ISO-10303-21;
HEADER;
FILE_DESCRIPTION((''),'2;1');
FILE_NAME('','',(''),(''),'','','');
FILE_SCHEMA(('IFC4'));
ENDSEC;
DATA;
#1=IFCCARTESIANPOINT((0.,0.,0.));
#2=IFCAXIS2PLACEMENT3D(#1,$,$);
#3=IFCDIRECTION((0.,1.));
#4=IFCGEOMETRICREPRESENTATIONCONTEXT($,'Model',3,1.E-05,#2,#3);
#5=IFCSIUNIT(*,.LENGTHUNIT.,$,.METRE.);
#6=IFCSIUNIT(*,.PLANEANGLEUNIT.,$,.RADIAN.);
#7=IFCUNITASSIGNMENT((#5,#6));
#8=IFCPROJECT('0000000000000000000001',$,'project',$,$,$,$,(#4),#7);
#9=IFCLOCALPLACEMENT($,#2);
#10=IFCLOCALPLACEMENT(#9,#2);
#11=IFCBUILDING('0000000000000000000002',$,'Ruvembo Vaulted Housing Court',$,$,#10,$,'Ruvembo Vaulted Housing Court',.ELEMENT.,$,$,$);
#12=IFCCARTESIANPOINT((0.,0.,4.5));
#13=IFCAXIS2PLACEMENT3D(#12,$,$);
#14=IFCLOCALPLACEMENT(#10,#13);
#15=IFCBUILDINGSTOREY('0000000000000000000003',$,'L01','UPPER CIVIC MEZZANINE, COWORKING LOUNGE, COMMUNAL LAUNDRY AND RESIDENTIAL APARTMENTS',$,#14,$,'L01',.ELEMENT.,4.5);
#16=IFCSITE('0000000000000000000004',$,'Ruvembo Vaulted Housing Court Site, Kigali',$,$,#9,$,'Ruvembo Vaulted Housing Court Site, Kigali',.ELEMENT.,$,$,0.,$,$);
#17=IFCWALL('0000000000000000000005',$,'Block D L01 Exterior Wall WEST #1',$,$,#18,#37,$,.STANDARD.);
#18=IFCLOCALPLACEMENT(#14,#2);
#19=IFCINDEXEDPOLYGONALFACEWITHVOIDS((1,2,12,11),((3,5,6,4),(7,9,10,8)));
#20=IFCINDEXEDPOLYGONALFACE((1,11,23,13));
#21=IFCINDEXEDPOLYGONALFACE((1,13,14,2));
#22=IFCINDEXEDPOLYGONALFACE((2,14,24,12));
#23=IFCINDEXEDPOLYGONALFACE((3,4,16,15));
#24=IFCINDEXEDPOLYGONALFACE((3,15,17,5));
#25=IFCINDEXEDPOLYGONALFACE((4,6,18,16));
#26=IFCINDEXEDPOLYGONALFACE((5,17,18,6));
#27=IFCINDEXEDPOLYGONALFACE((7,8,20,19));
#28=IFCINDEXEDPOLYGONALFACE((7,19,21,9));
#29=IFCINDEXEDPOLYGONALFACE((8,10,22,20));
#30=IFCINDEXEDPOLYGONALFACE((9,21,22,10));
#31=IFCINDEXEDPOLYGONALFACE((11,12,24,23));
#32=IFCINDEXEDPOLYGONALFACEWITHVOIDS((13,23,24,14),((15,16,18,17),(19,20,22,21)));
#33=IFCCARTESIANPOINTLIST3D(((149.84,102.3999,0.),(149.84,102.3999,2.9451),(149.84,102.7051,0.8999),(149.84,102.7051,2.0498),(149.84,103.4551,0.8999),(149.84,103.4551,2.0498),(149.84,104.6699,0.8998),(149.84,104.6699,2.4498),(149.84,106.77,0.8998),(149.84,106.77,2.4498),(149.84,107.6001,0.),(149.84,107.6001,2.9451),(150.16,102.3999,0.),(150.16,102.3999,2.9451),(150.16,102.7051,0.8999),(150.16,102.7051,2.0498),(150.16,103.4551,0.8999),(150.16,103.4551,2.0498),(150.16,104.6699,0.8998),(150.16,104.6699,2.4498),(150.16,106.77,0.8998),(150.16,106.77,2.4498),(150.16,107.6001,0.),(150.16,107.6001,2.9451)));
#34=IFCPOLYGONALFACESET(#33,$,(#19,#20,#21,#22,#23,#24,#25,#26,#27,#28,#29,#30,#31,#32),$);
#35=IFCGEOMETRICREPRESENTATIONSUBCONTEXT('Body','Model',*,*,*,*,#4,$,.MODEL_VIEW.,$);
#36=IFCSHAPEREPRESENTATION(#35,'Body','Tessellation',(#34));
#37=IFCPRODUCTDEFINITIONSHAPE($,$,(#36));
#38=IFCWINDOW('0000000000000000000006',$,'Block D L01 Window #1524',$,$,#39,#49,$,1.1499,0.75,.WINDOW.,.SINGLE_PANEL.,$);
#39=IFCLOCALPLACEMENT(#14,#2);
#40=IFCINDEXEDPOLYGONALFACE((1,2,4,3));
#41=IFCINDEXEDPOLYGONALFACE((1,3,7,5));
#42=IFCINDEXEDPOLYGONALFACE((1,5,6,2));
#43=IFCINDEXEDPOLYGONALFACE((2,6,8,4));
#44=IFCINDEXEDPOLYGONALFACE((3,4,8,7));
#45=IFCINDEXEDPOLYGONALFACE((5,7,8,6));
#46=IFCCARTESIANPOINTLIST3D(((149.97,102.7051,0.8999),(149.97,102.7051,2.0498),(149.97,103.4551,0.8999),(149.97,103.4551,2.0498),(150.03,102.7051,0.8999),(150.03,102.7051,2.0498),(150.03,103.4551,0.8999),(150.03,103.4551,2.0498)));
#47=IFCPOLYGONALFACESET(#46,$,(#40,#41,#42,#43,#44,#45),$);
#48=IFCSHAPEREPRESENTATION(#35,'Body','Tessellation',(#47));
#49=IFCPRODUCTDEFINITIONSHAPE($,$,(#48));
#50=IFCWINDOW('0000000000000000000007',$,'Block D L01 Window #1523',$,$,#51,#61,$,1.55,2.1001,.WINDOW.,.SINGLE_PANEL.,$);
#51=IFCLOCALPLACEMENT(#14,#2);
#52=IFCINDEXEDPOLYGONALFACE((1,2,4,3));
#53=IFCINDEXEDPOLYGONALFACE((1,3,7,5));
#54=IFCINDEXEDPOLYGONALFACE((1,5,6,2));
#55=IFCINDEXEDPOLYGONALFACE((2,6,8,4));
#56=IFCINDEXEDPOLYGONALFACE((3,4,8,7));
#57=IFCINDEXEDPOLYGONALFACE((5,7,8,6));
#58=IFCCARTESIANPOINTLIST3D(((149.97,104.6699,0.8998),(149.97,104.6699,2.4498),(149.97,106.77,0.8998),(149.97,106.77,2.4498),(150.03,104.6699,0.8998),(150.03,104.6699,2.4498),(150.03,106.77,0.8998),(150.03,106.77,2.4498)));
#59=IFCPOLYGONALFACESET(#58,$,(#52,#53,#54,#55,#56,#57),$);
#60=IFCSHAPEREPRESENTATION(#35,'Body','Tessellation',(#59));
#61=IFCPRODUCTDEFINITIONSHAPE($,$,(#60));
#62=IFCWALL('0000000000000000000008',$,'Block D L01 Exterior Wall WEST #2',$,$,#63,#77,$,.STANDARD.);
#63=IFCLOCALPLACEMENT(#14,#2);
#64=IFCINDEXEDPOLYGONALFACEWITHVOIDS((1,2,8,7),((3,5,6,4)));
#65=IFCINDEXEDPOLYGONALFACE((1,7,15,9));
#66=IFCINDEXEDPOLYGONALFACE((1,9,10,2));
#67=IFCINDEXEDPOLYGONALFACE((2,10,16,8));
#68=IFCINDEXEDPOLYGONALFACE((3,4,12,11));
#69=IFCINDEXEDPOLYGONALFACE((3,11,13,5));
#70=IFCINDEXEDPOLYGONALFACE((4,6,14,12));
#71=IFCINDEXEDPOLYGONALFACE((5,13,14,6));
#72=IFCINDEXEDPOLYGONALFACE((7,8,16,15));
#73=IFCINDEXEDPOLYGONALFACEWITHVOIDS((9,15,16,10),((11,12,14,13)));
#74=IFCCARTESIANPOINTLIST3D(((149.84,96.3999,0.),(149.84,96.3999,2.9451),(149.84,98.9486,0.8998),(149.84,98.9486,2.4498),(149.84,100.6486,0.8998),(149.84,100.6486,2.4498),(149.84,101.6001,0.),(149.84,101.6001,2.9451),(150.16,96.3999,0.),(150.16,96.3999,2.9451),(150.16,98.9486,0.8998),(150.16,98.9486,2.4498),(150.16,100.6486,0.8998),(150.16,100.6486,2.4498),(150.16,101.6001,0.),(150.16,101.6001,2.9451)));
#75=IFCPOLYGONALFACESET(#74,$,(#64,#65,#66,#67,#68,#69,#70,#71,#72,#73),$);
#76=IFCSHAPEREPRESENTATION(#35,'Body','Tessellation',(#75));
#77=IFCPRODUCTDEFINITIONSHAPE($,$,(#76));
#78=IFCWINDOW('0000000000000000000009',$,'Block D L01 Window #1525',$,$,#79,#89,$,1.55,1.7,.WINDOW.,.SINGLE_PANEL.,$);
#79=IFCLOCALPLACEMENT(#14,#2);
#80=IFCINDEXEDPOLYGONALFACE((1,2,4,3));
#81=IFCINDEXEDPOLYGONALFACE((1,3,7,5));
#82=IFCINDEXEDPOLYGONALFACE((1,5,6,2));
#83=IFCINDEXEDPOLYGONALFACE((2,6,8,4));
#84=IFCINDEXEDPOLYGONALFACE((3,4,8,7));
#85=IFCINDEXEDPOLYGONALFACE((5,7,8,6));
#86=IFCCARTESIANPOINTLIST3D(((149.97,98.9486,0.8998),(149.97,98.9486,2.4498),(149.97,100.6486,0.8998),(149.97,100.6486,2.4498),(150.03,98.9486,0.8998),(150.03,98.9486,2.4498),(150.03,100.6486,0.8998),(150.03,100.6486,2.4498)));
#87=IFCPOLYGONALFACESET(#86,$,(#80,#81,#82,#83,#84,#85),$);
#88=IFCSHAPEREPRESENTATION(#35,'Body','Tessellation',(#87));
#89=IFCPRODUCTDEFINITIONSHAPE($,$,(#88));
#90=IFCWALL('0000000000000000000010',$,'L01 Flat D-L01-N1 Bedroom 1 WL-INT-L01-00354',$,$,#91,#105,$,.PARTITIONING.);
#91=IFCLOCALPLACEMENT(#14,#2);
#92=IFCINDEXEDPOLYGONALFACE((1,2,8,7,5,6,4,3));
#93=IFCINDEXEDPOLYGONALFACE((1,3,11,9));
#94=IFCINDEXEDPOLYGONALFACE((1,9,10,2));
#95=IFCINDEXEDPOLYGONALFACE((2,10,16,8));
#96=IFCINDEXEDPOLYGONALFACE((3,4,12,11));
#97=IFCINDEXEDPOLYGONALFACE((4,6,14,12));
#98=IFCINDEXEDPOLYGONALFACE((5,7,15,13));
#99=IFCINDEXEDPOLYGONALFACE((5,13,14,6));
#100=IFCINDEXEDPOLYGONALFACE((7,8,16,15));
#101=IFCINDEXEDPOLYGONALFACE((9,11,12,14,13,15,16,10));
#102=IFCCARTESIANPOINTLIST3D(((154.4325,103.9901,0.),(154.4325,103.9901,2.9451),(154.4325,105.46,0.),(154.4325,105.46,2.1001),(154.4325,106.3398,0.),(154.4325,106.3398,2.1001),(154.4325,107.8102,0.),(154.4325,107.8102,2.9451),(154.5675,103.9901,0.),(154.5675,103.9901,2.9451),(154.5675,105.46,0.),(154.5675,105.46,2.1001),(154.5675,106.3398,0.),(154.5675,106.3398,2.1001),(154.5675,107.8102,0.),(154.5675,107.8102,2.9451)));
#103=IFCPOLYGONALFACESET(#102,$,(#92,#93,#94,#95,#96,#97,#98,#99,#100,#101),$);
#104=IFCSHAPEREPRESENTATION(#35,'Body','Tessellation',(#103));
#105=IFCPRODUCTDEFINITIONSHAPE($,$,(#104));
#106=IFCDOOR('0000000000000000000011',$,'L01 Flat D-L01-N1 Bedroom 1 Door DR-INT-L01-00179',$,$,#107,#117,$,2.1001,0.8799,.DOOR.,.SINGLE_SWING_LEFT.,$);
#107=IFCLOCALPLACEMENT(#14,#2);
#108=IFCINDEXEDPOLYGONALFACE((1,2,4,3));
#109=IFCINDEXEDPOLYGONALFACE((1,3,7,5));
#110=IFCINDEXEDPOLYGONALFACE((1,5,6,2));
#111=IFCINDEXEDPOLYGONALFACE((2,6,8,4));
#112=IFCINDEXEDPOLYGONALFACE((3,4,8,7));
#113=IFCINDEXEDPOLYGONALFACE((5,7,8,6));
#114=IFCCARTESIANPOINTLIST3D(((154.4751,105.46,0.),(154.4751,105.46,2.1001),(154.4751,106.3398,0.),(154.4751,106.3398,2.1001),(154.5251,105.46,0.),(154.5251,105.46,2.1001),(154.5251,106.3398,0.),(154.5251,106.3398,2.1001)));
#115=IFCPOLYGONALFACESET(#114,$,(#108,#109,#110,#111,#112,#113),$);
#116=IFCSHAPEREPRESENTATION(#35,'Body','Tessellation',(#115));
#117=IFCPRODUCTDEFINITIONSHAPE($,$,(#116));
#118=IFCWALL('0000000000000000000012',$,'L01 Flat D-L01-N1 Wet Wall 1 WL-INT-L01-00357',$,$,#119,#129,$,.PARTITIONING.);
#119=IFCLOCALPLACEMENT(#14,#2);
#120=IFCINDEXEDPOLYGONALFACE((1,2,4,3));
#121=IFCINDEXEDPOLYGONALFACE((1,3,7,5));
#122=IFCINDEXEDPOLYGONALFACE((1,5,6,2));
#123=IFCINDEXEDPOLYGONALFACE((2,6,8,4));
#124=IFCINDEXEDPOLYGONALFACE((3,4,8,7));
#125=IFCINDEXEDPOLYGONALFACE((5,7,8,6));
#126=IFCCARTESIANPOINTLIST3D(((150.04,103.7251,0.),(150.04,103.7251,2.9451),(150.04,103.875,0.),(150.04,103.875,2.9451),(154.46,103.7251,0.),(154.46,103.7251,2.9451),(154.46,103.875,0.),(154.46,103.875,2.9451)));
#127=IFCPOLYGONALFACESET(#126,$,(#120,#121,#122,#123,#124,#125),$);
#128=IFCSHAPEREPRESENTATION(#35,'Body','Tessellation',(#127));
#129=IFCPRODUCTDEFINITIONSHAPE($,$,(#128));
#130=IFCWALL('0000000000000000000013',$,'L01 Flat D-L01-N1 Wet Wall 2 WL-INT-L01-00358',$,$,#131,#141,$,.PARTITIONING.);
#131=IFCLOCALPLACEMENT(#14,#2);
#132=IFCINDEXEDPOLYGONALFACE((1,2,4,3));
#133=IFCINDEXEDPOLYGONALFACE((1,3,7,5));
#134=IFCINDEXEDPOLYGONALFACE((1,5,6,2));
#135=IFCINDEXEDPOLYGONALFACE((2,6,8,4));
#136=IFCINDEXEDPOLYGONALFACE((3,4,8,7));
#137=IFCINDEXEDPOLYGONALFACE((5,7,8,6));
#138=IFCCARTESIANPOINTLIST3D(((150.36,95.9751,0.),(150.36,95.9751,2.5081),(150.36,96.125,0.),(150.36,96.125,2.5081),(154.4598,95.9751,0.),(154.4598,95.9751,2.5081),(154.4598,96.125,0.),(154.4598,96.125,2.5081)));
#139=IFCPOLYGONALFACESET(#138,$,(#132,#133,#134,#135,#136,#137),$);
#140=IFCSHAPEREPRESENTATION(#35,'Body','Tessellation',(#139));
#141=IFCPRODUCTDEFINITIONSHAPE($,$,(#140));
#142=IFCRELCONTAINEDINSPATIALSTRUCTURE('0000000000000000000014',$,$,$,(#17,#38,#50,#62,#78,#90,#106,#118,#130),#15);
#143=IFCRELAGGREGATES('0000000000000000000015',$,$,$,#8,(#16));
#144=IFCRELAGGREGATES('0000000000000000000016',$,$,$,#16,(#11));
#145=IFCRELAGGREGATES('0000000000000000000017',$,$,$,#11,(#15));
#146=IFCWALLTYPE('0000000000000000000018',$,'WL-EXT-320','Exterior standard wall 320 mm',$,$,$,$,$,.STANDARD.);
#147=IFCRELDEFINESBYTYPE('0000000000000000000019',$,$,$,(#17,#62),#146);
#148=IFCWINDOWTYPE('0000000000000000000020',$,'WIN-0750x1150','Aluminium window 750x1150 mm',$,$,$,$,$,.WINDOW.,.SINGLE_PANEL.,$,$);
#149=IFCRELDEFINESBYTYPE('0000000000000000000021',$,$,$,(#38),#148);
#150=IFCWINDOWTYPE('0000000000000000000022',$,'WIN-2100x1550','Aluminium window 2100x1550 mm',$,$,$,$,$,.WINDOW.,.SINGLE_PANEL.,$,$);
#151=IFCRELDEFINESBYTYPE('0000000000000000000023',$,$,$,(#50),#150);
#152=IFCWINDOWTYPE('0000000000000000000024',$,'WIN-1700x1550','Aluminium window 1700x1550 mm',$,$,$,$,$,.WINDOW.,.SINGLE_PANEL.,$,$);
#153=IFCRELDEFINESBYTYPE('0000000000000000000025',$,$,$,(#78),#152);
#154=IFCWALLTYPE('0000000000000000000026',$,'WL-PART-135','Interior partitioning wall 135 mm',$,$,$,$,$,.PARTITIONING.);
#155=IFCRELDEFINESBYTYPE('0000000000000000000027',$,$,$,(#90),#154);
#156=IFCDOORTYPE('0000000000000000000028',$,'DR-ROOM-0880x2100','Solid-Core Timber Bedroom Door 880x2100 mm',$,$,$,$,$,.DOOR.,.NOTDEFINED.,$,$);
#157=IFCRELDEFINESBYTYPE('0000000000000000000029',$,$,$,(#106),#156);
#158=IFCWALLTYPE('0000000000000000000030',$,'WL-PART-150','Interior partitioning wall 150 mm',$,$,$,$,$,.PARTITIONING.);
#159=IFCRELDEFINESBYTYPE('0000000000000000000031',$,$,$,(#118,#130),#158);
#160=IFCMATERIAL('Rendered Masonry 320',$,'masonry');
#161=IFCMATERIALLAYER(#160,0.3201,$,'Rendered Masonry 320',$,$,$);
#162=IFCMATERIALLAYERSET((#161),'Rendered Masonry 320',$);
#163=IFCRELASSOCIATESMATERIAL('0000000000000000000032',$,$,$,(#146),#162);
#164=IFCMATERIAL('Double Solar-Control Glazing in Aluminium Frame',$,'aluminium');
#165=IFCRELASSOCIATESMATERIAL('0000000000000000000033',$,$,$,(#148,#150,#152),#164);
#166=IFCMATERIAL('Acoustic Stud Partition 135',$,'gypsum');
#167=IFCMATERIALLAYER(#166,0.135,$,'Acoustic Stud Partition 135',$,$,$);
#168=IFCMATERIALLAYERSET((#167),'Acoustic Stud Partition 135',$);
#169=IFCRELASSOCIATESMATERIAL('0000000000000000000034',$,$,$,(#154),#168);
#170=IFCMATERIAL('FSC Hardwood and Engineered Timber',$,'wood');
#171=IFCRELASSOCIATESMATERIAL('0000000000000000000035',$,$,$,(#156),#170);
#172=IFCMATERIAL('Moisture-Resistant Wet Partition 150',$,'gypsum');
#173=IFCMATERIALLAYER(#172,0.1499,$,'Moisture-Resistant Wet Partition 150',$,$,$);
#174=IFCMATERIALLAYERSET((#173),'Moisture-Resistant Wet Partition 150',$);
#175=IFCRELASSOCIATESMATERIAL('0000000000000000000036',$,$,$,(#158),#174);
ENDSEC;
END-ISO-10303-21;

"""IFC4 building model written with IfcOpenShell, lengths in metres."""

from ifc_helpers import new_model, si_unit, direction, frame, frame_2d, origin, place, context, subcontext, project, spatial, rectangle, extrude, material, layer, layer_set, type_object, element, fill, save


model = new_model("IFC4")

# Units and contexts
model_context = context("Model", 3, precision=1e-05, world=origin(), true_north=direction((0.0, 1.0)))
body_context = subcontext(model_context, "Body", "Model", "MODEL_VIEW")
ifc_project = project(units=[si_unit("LENGTHUNIT", "METRE"), si_unit("PLANEANGLEUNIT", "RADIAN")], contexts=[model_context])

# Site, building, storey
site_placement = place(None, origin())
site = spatial("IfcSite", under=ifc_project, at=site_placement, Name="Ruvembo Vaulted Housing Court Site, Kigali", LongName="Ruvembo Vaulted Housing Court Site, Kigali", CompositionType="ELEMENT", RefElevation=0.0)
building_placement = place(site_placement, origin())
building = spatial("IfcBuilding", under=site, at=building_placement, Name="Ruvembo Vaulted Housing Court", LongName="Ruvembo Vaulted Housing Court", CompositionType="ELEMENT")
storey_placement = place(building_placement, frame((0.0, 0.0, 4.5)))
storey = spatial("IfcBuildingStorey", under=building, at=storey_placement, Name="L01", Description="UPPER CIVIC MEZZANINE, COWORKING LOUNGE, COMMUNAL LAUNDRY AND RESIDENTIAL APARTMENTS", LongName="L01", CompositionType="ELEMENT", Elevation=4.5)

# Wall, openings, windows
ifc_material_1 = material(Name="Rendered Masonry 320", Category="masonry")
ifc_layer_1 = layer(ifc_material_1, 0.3201, Name="Rendered Masonry 320")
ifc_layer_set_1 = layer_set([ifc_layer_1], Name="Rendered Masonry 320")
wall_type_1 = type_object("IfcWallType", Name="WL-EXT-320", Description="Exterior standard wall 320 mm", PredefinedType="STANDARD", material=ifc_layer_set_1)
ifc_material_2 = material(Name="Double Solar-Control Glazing in Aluminium Frame", Category="aluminium")
wall_1_placement = place(storey_placement, frame((150.0, 107.6001, 0.0), z_axis=(0.0, 0.0, 1.0), x_axis=(0.0, -1.0, 0.0)))
wall_1 = element("IfcWall", 1, at=wall_1_placement, inside=storey, type_object=wall_type_1, Name="Block D L01 Exterior Wall WEST #1", PredefinedType="STANDARD", context=body_context, shape_type="SweptSolid", body=[
    extrude(rectangle(XDim=5.2002, YDim=0.3201, at=frame_2d((2.6001, 0.0))), origin(), (0.0, 0.0, 1.0), 2.9451),
])
opening_1_placement = place(wall_1_placement, frame((0.8301, 0.0, 0.8999)))
opening_1 = element("IfcOpeningElement", 2, at=opening_1_placement, cuts=wall_1, PredefinedType="OPENING", context=body_context, shape_type="SweptSolid", body=[
    extrude(rectangle(XDim=2.1001, YDim=1.55, at=frame_2d((1.05, 0.7749))), frame((0.0, 0.1699, 0.0), z_axis=(0.0, -1.0, 0.0), x_axis=(1.0, 0.0, 0.0)), (0.0, 0.0, 1.0), 0.3401),
])
opening_2_placement = place(wall_1_placement, frame((4.145, 0.0, 0.8999)))
opening_2 = element("IfcOpeningElement", 3, at=opening_2_placement, cuts=wall_1, PredefinedType="OPENING", context=body_context, shape_type="SweptSolid", body=[
    extrude(rectangle(XDim=0.75, YDim=1.1499, at=frame_2d((0.375, 0.575))), frame((0.0, 0.1699, 0.0), z_axis=(0.0, -1.0, 0.0), x_axis=(1.0, 0.0, 0.0)), (0.0, 0.0, 1.0), 0.3401),
])
window_type_1 = type_object("IfcWindowType", Name="WIN-0750x1150", Description="Aluminium window 750x1150 mm", PartitioningType="SINGLE_PANEL", PredefinedType="WINDOW", material=ifc_material_2)
window_1_placement = place(opening_2_placement, origin())
window_1 = element("IfcWindow", 4, at=window_1_placement, inside=storey, type_object=window_type_1, Name="Block D L01 Window #1524", OverallHeight=1.1499, OverallWidth=0.75, PartitioningType="SINGLE_PANEL", PredefinedType="WINDOW", context=body_context, shape_type="SweptSolid", body=[
    extrude(rectangle(XDim=0.75, YDim=1.1499, at=frame_2d((0.375, 0.575))), frame((0.0, 0.03, 0.0), z_axis=(0.0, -1.0, 0.0), x_axis=(1.0, 0.0, 0.0)), (0.0, 0.0, 1.0), 0.0601),
])
fill(opening_2, window_1)
window_type_2 = type_object("IfcWindowType", Name="WIN-2100x1550", Description="Aluminium window 2100x1550 mm", PartitioningType="SINGLE_PANEL", PredefinedType="WINDOW", material=ifc_material_2)
window_2_placement = place(opening_1_placement, origin())
window_2 = element("IfcWindow", 5, at=window_2_placement, inside=storey, type_object=window_type_2, Name="Block D L01 Window #1523", OverallHeight=1.55, OverallWidth=2.1001, PartitioningType="SINGLE_PANEL", PredefinedType="WINDOW", context=body_context, shape_type="SweptSolid", body=[
    extrude(rectangle(XDim=2.1001, YDim=1.55, at=frame_2d((1.05, 0.7749))), frame((0.0, 0.03, 0.0), z_axis=(0.0, -1.0, 0.0), x_axis=(1.0, 0.0, 0.0)), (0.0, 0.0, 1.0), 0.0601),
])
fill(opening_1, window_2)

# Wall, opening, window
wall_2_placement = place(storey_placement, frame((150.0, 101.6001, 0.0), z_axis=(0.0, 0.0, 1.0), x_axis=(0.0, -1.0, 0.0)))
wall_2 = element("IfcWall", 6, at=wall_2_placement, inside=storey, type_object=wall_type_1, Name="Block D L01 Exterior Wall WEST #2", PredefinedType="STANDARD", context=body_context, shape_type="SweptSolid", body=[
    extrude(rectangle(XDim=5.2002, YDim=0.3201, at=frame_2d((2.6001, 0.0))), origin(), (0.0, 0.0, 1.0), 2.9451),
])
opening_3_placement = place(wall_2_placement, frame((0.9514, 0.0, 0.8999)))
opening_3 = element("IfcOpeningElement", 7, at=opening_3_placement, cuts=wall_2, PredefinedType="OPENING", context=body_context, shape_type="SweptSolid", body=[
    extrude(rectangle(XDim=1.7, YDim=1.55, at=frame_2d((0.8501, 0.7749))), frame((0.0, 0.1699, 0.0), z_axis=(0.0, -1.0, 0.0), x_axis=(1.0, 0.0, 0.0)), (0.0, 0.0, 1.0), 0.3401),
])
window_type_3 = type_object("IfcWindowType", Name="WIN-1700x1550", Description="Aluminium window 1700x1550 mm", PartitioningType="SINGLE_PANEL", PredefinedType="WINDOW", material=ifc_material_2)
window_3_placement = place(opening_3_placement, origin())
window_3 = element("IfcWindow", 8, at=window_3_placement, inside=storey, type_object=window_type_3, Name="Block D L01 Window #1525", OverallHeight=1.55, OverallWidth=1.7, PartitioningType="SINGLE_PANEL", PredefinedType="WINDOW", context=body_context, shape_type="SweptSolid", body=[
    extrude(rectangle(XDim=1.7, YDim=1.55, at=frame_2d((0.8501, 0.7749))), frame((0.0, 0.03, 0.0), z_axis=(0.0, -1.0, 0.0), x_axis=(1.0, 0.0, 0.0)), (0.0, 0.0, 1.0), 0.0601),
])
fill(opening_3, window_3)

# Wall, opening, door
ifc_material_3 = material(Name="Acoustic Stud Partition 135", Category="gypsum")
ifc_layer_2 = layer(ifc_material_3, 0.135, Name="Acoustic Stud Partition 135")
ifc_layer_set_2 = layer_set([ifc_layer_2], Name="Acoustic Stud Partition 135")
wall_type_2 = type_object("IfcWallType", Name="WL-PART-135", Description="Interior partitioning wall 135 mm", PredefinedType="PARTITIONING", material=ifc_layer_set_2)
wall_3_placement = place(storey_placement, frame((154.5, 103.99, 0.0), z_axis=(0.0, 0.0, 1.0), x_axis=(0.0, 1.0, 0.0)))
wall_3 = element("IfcWall", 9, at=wall_3_placement, inside=storey, type_object=wall_type_2, Name="L01 Flat D-L01-N1 Bedroom 1 WL-INT-L01-00354", PredefinedType="PARTITIONING", context=body_context, shape_type="SweptSolid", body=[
    extrude(rectangle(XDim=3.8201, YDim=0.135, at=frame_2d((1.9102, 0.0))), origin(), (0.0, 0.0, 1.0), 2.9451),
])
opening_4_placement = place(wall_3_placement, frame((1.47, 0.0, 0.0)))
opening_4 = element("IfcOpeningElement", 10, at=opening_4_placement, cuts=wall_3, PredefinedType="OPENING", context=body_context, shape_type="SweptSolid", body=[
    extrude(rectangle(XDim=0.8799, YDim=2.1001, at=frame_2d((0.4399, 1.05))), frame((0.0, 0.0774, 0.0), z_axis=(0.0, -1.0, 0.0), x_axis=(1.0, 0.0, 0.0)), (0.0, 0.0, 1.0), 0.155),
])
ifc_material_4 = material(Name="FSC Hardwood and Engineered Timber", Category="wood")
door_type_1 = type_object("IfcDoorType", Name="DR-ROOM-0880x2100", Description="Solid-Core Timber Bedroom Door 880x2100 mm", OperationType="NOTDEFINED", PredefinedType="DOOR", material=ifc_material_4)
door_1_placement = place(opening_4_placement, origin())
door_1 = element("IfcDoor", 11, at=door_1_placement, inside=storey, type_object=door_type_1, Name="L01 Flat D-L01-N1 Bedroom 1 Door DR-INT-L01-00179", OperationType="SINGLE_SWING_LEFT", OverallHeight=2.1001, OverallWidth=0.8799, PredefinedType="DOOR", context=body_context, shape_type="SweptSolid", body=[
    extrude(rectangle(XDim=0.8799, YDim=2.1001, at=frame_2d((0.4399, 1.05))), frame((0.0, 0.0249, 0.0), z_axis=(0.0, -1.0, 0.0), x_axis=(1.0, 0.0, 0.0)), (0.0, 0.0, 1.0), 0.05),
])
fill(opening_4, door_1)

# Walls
ifc_material_5 = material(Name="Moisture-Resistant Wet Partition 150", Category="gypsum")
ifc_layer_3 = layer(ifc_material_5, 0.1499, Name="Moisture-Resistant Wet Partition 150")
ifc_layer_set_3 = layer_set([ifc_layer_3], Name="Moisture-Resistant Wet Partition 150")
wall_type_3 = type_object("IfcWallType", Name="WL-PART-150", Description="Interior partitioning wall 150 mm", PredefinedType="PARTITIONING", material=ifc_layer_set_3)
wall_4_placement = place(storey_placement, frame((150.04, 103.8, 0.0), z_axis=(0.0, 0.0, 1.0), x_axis=(1.0, 0.0, 0.0)))
element("IfcWall", 12, at=wall_4_placement, inside=storey, type_object=wall_type_3, Name="L01 Flat D-L01-N1 Wet Wall 1 WL-INT-L01-00357", PredefinedType="PARTITIONING", context=body_context, shape_type="SweptSolid", body=[
    extrude(rectangle(XDim=4.4199, YDim=0.1499, at=frame_2d((2.21, 0.0))), origin(), (0.0, 0.0, 1.0), 2.9451),
])
wall_5_placement = place(storey_placement, frame((150.3601, 96.05, 0.0), z_axis=(0.0, 0.0, 1.0), x_axis=(1.0, 0.0, 0.0)))
element("IfcWall", 13, at=wall_5_placement, inside=storey, type_object=wall_type_3, Name="L01 Flat D-L01-N1 Wet Wall 2 WL-INT-L01-00358", PredefinedType="PARTITIONING", context=body_context, shape_type="SweptSolid", body=[
    extrude(rectangle(XDim=4.0999, YDim=0.1499, at=frame_2d((2.0498, 0.0))), origin(), (0.0, 0.0, 1.0), 2.5081),
])

save(model, "model.ifc")
